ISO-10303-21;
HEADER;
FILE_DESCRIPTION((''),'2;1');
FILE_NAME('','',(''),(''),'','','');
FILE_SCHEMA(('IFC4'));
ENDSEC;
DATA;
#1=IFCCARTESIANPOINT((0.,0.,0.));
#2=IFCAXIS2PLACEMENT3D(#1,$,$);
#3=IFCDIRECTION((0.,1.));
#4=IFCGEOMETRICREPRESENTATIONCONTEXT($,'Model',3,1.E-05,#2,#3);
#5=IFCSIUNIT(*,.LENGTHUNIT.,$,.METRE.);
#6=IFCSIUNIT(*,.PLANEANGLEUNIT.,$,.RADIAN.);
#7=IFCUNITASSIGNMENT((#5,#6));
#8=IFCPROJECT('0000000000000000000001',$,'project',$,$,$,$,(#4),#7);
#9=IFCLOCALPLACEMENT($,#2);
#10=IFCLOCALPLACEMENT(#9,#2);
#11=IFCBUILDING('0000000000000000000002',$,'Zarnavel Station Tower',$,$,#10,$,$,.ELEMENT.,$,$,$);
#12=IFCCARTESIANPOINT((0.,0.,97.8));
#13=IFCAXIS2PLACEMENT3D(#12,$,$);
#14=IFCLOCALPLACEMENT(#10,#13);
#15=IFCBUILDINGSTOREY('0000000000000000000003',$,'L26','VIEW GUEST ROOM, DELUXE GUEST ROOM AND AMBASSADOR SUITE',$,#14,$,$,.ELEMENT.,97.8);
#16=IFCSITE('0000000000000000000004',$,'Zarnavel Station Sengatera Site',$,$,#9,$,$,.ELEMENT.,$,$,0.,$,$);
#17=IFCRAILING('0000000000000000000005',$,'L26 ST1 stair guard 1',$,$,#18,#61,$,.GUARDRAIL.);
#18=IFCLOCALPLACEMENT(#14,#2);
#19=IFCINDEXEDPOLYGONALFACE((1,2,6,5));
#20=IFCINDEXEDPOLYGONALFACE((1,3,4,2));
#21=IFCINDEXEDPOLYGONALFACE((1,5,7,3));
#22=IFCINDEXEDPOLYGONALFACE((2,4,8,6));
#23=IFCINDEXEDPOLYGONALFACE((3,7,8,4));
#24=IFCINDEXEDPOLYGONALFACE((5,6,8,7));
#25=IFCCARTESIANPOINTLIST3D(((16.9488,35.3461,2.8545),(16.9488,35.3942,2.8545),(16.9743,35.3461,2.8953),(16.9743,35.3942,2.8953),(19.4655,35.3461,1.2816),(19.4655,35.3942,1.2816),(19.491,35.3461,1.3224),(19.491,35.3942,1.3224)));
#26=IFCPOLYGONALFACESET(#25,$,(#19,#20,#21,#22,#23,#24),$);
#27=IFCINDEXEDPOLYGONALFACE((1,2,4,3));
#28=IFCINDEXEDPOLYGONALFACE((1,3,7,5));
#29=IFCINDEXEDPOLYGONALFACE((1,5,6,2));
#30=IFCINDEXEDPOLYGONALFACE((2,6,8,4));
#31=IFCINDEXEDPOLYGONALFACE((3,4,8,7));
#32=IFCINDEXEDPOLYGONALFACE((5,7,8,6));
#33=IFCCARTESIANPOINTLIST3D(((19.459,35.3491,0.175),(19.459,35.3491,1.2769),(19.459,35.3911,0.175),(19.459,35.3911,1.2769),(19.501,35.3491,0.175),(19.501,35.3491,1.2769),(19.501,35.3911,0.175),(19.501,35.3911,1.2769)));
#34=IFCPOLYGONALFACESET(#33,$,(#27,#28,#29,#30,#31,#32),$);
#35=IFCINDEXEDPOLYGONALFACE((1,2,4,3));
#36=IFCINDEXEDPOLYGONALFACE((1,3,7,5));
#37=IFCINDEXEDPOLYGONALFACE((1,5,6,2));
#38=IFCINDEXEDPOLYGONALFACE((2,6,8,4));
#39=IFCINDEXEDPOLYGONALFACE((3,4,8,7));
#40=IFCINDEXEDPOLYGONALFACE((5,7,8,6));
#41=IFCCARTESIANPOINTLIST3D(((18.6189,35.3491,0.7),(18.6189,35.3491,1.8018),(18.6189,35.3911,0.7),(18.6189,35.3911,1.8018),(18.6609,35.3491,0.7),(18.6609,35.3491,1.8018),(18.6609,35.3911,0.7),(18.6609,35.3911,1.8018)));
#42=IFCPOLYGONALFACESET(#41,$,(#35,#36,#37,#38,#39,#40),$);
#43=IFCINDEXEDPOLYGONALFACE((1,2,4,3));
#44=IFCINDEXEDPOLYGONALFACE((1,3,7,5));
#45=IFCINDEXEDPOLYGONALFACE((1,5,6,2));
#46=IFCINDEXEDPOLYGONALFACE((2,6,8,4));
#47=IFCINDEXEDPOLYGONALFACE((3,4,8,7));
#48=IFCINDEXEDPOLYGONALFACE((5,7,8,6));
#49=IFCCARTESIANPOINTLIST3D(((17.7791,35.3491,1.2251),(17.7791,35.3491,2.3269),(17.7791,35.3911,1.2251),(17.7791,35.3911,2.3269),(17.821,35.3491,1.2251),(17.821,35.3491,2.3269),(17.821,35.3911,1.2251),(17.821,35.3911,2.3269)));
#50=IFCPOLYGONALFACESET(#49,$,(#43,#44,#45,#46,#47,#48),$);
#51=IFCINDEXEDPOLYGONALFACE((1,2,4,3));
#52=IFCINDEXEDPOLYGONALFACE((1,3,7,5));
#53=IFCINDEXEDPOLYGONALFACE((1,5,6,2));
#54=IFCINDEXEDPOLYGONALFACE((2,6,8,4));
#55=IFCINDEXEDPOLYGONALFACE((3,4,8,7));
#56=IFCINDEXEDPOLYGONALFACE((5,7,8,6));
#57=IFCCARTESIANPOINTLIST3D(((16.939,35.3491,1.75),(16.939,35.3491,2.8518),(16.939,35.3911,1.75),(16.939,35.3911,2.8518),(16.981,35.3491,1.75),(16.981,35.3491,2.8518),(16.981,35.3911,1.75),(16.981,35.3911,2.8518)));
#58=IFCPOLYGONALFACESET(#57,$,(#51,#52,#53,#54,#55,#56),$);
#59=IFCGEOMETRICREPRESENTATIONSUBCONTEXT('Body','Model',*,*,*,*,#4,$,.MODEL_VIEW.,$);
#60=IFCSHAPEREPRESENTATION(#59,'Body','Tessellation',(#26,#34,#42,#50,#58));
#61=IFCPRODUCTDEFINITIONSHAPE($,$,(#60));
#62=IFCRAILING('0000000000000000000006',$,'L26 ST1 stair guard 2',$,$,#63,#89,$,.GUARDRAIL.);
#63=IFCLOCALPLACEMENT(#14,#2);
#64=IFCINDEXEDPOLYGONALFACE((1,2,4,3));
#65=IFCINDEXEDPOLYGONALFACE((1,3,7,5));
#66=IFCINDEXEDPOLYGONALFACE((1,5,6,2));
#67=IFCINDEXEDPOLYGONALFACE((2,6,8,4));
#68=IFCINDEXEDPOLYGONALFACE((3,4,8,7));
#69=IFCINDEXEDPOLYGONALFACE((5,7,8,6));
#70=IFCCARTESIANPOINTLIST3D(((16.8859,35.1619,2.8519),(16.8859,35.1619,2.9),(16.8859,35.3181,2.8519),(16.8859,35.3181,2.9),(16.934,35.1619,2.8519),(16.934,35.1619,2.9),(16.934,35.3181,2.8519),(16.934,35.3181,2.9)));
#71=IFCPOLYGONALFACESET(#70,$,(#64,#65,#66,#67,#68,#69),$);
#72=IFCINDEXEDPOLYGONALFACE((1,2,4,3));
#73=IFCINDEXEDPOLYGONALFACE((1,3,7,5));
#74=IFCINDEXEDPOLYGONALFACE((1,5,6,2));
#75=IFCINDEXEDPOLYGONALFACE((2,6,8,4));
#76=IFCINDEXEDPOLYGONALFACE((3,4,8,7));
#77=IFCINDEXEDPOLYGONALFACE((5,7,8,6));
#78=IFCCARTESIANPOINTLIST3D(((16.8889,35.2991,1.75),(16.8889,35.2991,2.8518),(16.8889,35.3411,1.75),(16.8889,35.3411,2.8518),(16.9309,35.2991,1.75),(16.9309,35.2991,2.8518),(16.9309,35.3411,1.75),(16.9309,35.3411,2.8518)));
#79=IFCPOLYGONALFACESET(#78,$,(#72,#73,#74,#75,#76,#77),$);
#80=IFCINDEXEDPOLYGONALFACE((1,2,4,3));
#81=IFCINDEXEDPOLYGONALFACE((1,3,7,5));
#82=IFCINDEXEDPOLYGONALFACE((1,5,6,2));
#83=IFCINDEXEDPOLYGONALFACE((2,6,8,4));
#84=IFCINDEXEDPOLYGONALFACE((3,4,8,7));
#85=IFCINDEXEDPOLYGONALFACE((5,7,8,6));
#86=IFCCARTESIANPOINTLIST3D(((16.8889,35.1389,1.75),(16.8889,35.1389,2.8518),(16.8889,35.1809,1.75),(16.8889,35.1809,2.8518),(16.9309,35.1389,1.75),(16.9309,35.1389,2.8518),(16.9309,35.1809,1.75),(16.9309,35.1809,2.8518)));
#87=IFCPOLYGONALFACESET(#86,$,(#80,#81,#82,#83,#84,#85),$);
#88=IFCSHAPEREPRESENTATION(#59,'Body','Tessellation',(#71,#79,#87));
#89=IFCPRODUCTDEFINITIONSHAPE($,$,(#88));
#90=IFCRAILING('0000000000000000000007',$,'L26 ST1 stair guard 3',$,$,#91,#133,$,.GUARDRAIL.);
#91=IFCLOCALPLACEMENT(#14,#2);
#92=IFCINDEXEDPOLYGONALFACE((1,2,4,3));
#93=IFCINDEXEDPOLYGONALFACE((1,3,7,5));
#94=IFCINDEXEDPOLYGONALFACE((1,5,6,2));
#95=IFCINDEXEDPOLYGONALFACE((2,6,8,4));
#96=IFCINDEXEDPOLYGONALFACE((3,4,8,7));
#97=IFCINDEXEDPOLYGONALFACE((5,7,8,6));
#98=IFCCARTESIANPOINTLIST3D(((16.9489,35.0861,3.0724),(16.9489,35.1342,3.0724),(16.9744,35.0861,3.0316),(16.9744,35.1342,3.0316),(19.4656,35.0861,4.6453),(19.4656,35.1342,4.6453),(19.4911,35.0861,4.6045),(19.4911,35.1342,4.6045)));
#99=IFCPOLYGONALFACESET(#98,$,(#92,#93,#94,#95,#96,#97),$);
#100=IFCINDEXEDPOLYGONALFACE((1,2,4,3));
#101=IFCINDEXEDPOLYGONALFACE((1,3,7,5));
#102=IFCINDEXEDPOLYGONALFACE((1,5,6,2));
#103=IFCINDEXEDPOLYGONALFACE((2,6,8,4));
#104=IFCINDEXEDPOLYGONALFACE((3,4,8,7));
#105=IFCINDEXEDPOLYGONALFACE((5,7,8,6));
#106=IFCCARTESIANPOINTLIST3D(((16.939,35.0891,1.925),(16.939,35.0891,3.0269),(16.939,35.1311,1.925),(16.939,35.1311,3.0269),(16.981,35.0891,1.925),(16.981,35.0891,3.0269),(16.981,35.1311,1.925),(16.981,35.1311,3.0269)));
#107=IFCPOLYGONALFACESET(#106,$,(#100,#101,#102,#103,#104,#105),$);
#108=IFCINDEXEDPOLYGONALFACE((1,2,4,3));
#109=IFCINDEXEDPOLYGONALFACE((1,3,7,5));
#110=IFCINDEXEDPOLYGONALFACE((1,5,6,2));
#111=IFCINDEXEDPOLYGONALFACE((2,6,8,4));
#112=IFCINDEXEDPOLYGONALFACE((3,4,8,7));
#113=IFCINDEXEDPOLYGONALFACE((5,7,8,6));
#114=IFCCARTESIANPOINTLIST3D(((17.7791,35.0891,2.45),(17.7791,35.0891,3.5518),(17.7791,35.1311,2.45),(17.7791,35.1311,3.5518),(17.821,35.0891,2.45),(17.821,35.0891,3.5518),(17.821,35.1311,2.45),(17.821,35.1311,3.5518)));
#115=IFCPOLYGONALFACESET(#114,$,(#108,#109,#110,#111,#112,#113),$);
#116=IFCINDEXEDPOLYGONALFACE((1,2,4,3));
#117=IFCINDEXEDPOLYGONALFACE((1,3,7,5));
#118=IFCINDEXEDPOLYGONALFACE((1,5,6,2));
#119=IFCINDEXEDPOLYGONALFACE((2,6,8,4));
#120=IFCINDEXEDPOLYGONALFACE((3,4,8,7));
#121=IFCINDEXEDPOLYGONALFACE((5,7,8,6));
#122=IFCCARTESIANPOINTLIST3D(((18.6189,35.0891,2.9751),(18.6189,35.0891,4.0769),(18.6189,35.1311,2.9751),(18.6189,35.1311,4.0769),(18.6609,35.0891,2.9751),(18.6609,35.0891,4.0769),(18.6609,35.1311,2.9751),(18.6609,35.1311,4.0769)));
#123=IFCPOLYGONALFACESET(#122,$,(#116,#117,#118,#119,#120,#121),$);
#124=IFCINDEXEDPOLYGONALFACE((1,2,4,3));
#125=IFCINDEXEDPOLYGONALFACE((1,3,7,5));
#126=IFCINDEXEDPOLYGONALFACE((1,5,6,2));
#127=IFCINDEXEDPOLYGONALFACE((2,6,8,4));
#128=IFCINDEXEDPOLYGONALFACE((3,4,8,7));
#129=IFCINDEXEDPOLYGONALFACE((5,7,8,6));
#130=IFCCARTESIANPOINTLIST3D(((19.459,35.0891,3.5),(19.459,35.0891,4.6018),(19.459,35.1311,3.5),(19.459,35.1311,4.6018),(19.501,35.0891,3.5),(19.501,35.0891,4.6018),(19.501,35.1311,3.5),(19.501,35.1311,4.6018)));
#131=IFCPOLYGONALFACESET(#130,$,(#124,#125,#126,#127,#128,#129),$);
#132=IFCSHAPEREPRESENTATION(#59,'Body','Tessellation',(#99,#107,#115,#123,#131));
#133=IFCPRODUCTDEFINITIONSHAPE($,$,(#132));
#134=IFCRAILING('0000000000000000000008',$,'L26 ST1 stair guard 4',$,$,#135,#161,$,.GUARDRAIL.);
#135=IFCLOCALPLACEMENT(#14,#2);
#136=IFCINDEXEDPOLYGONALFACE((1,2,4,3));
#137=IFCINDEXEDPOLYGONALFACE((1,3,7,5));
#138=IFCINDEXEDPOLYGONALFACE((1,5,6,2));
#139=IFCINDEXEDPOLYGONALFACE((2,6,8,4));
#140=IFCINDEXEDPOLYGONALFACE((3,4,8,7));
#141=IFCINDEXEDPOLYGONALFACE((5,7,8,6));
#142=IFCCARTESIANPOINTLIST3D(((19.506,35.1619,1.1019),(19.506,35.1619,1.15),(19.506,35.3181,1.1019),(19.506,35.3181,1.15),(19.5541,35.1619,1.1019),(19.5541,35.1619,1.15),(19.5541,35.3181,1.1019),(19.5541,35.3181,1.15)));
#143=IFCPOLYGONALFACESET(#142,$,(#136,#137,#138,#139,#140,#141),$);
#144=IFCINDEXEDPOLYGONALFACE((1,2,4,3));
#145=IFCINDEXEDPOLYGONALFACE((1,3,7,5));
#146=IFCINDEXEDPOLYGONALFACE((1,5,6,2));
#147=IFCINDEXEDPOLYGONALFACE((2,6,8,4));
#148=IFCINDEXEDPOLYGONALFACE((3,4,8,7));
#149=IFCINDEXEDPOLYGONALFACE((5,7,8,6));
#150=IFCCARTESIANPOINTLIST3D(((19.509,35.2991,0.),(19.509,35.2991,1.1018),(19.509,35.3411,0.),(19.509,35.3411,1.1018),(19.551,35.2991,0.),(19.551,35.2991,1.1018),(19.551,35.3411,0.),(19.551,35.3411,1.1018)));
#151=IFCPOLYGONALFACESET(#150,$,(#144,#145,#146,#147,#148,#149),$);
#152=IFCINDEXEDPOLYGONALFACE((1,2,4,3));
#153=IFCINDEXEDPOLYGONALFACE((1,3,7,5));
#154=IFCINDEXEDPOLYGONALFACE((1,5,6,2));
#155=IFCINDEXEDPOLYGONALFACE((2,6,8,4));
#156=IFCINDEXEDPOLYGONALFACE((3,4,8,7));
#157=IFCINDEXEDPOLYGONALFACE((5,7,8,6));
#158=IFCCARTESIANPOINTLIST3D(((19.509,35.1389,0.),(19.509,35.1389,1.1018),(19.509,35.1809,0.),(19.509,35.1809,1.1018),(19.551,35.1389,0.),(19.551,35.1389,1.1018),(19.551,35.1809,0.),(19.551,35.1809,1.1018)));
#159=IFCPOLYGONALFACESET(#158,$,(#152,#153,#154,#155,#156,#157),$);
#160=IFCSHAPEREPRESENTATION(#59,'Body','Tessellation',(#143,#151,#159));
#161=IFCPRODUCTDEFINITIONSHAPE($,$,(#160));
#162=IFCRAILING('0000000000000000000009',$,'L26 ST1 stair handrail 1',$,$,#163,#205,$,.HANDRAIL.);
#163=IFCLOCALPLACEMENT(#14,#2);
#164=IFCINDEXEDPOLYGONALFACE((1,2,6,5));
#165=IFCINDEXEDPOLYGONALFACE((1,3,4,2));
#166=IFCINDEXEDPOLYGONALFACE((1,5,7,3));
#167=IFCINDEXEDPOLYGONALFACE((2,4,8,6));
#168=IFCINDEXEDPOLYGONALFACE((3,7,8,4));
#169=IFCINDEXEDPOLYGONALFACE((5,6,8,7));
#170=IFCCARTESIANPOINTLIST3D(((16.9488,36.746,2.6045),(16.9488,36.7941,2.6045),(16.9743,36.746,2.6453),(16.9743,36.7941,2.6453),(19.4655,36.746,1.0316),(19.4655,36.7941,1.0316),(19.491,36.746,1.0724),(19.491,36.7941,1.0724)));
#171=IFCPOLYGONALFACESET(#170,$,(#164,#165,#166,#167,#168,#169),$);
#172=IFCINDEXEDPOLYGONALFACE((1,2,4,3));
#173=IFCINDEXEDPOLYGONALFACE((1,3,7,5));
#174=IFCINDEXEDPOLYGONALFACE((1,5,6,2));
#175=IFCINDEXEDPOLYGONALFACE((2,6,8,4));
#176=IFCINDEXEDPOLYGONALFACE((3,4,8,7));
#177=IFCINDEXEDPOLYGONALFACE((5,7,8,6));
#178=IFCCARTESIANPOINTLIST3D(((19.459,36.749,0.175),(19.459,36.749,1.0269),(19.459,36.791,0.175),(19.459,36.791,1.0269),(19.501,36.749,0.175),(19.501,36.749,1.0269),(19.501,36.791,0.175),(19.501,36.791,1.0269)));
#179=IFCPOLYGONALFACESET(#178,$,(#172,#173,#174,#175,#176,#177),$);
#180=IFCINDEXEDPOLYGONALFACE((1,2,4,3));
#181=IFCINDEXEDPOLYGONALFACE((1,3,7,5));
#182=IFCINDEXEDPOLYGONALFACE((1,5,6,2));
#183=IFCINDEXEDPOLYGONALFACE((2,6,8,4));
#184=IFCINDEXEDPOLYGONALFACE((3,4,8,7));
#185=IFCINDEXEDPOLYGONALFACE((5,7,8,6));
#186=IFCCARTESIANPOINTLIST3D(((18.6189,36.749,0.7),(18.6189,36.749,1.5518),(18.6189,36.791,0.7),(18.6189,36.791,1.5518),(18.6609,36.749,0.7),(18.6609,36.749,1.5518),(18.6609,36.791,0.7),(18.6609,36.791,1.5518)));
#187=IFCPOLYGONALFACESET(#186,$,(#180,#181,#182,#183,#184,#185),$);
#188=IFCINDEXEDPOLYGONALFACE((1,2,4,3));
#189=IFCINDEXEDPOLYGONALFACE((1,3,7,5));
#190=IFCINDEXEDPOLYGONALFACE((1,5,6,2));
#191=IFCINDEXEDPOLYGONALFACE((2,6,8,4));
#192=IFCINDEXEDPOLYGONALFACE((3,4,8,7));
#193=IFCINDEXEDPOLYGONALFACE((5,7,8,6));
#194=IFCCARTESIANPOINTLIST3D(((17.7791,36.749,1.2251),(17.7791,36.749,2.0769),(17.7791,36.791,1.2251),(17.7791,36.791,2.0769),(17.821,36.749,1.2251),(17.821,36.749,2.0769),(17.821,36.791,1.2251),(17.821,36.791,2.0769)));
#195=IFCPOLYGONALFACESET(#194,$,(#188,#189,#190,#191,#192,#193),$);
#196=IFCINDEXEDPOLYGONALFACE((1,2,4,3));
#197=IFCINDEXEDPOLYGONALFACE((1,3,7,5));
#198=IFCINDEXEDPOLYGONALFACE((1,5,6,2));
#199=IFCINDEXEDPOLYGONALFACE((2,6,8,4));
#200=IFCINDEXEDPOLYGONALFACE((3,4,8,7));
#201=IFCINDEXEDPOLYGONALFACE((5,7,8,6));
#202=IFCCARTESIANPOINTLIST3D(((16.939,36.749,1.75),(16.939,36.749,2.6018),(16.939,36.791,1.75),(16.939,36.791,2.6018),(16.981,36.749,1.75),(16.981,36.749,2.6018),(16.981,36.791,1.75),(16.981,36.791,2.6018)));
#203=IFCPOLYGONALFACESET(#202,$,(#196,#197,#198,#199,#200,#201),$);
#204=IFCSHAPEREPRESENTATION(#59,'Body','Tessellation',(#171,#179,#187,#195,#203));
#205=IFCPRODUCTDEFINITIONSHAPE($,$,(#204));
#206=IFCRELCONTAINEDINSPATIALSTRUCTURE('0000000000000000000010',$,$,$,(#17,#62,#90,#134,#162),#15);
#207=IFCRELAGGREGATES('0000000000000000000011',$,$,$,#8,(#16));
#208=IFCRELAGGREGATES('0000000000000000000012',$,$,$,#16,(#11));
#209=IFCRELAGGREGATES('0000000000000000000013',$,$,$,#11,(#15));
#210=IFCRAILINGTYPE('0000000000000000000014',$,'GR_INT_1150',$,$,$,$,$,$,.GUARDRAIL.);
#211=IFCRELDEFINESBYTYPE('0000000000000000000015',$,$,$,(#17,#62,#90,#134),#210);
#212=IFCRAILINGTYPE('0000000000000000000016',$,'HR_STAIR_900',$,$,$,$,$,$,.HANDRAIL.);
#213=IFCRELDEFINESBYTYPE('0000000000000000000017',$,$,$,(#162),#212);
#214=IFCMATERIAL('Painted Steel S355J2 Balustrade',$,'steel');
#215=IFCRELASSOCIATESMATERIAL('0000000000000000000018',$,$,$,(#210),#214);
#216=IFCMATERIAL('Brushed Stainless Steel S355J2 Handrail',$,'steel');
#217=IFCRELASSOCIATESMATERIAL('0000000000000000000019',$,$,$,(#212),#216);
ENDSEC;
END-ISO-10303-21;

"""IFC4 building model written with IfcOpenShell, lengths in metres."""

from ifc_helpers import new_model, si_unit, direction, frame, origin, origin_2d, place, context, subcontext, project, spatial, rectangle, extrude, material, type_object, element, save


model = new_model("IFC4")

# Units and contexts
model_context = context("Model", 3, precision=1e-05, world=origin(), true_north=direction((0.0, 1.0)))
body_context = subcontext(model_context, "Body", "Model", "MODEL_VIEW")
ifc_project = project(units=[si_unit("LENGTHUNIT", "METRE"), si_unit("PLANEANGLEUNIT", "RADIAN")], contexts=[model_context])

# Site, building, storey
site_placement = place(None, origin())
site = spatial("IfcSite", under=ifc_project, at=site_placement, Name="Zarnavel Station Sengatera Site", CompositionType="ELEMENT", RefElevation=0.0)
building_placement = place(site_placement, origin())
building = spatial("IfcBuilding", under=site, at=building_placement, Name="Zarnavel Station Tower", CompositionType="ELEMENT")
storey_placement = place(building_placement, frame((0.0, 0.0, 97.8)))
storey = spatial("IfcBuildingStorey", under=building, at=storey_placement, Name="L26", Description="VIEW GUEST ROOM, DELUXE GUEST ROOM AND AMBASSADOR SUITE", CompositionType="ELEMENT", Elevation=97.8)

# Railings
ifc_material_1 = material(Name="Painted Steel S355J2 Balustrade", Category="steel")
railing_type_1 = type_object("IfcRailingType", Name="GR_INT_1150", PredefinedType="GUARDRAIL", material=ifc_material_1)
railing_1_placement = place(storey_placement, frame((19.48, 35.3701, 0.175)))
element("IfcRailing", 1, at=railing_1_placement, inside=storey, type_object=railing_type_1, Name="L26 ST1 stair guard 1", PredefinedType="GUARDRAIL", context=body_context, shape_type="SweptSolid", body=[
    extrude(rectangle(XDim=0.0481, YDim=0.0481, at=origin_2d()), frame((-0.0017, 0.0, 1.127), z_axis=(-0.848008, 0.0, 0.529984), x_axis=(0.0, -1.0, 0.0)), (0.0, 0.0, 1.0), 2.9678),
    extrude(rectangle(XDim=0.042, YDim=0.042, at=origin_2d()), origin(), (0.0, 0.0, 1.0), 1.1018),
    extrude(rectangle(XDim=0.042, YDim=0.042, at=origin_2d()), frame((-0.8401, 0.0, 0.5249)), (0.0, 0.0, 1.0), 1.1018),
    extrude(rectangle(XDim=0.042, YDim=0.042, at=origin_2d()), frame((-1.6799, 0.0, 1.05)), (0.0, 0.0, 1.0), 1.1018),
    extrude(rectangle(XDim=0.042, YDim=0.042, at=origin_2d()), frame((-2.52, 0.0, 1.575)), (0.0, 0.0, 1.0), 1.1018),
])
railing_2_placement = place(storey_placement, frame((16.9099, 35.3201, 1.75)))
element("IfcRailing", 2, at=railing_2_placement, inside=storey, type_object=railing_type_1, Name="L26 ST1 stair guard 2", PredefinedType="GUARDRAIL", context=body_context, shape_type="SweptSolid", body=[
    extrude(rectangle(XDim=0.0481, YDim=0.0481, at=origin_2d()), frame((0.0, -0.002, 1.126), z_axis=(0.0, -1.0, 0.0), x_axis=(1.0, 0.0, 0.0)), (0.0, 0.0, 1.0), 0.1562),
    extrude(rectangle(XDim=0.042, YDim=0.042, at=origin_2d()), origin(), (0.0, 0.0, 1.0), 1.1018),
    extrude(rectangle(XDim=0.042, YDim=0.042, at=origin_2d()), frame((0.0, -0.1602, 0.0)), (0.0, 0.0, 1.0), 1.1018),
])
railing_3_placement = place(storey_placement, frame((16.96, 35.1101, 1.925)))
element("IfcRailing", 3, at=railing_3_placement, inside=storey, type_object=railing_type_1, Name="L26 ST1 stair guard 3", PredefinedType="GUARDRAIL", context=body_context, shape_type="SweptSolid", body=[
    extrude(rectangle(XDim=0.0481, YDim=0.0481, at=origin_2d()), frame((0.0017, 0.0, 1.127), z_axis=(0.848008, 0.0, 0.529984), x_axis=(0.0, 1.0, 0.0)), (0.0, 0.0, 1.0), 2.9678),
    extrude(rectangle(XDim=0.042, YDim=0.042, at=origin_2d()), origin(), (0.0, 0.0, 1.0), 1.1018),
    extrude(rectangle(XDim=0.042, YDim=0.042, at=origin_2d()), frame((0.8401, 0.0, 0.5249)), (0.0, 0.0, 1.0), 1.1018),
    extrude(rectangle(XDim=0.042, YDim=0.042, at=origin_2d()), frame((1.6799, 0.0, 1.05)), (0.0, 0.0, 1.0), 1.1018),
    extrude(rectangle(XDim=0.042, YDim=0.042, at=origin_2d()), frame((2.52, 0.0, 1.575)), (0.0, 0.0, 1.0), 1.1018),
])
railing_4_placement = place(storey_placement, frame((19.53, 35.3201, 0.0)))
element("IfcRailing", 4, at=railing_4_placement, inside=storey, type_object=railing_type_1, Name="L26 ST1 stair guard 4", PredefinedType="GUARDRAIL", context=body_context, shape_type="SweptSolid", body=[
    extrude(rectangle(XDim=0.0481, YDim=0.0481, at=origin_2d()), frame((0.0, -0.002, 1.126), z_axis=(0.0, -1.0, 0.0), x_axis=(1.0, 0.0, 0.0)), (0.0, 0.0, 1.0), 0.1562),
    extrude(rectangle(XDim=0.042, YDim=0.042, at=origin_2d()), origin(), (0.0, 0.0, 1.0), 1.1018),
    extrude(rectangle(XDim=0.042, YDim=0.042, at=origin_2d()), frame((0.0, -0.1602, 0.0)), (0.0, 0.0, 1.0), 1.1018),
])
ifc_material_2 = material(Name="Brushed Stainless Steel S355J2 Handrail", Category="steel")
railing_type_2 = type_object("IfcRailingType", Name="HR_STAIR_900", PredefinedType="HANDRAIL", material=ifc_material_2)
railing_5_placement = place(storey_placement, frame((19.48, 36.77, 0.175)))
element("IfcRailing", 5, at=railing_5_placement, inside=storey, type_object=railing_type_2, Name="L26 ST1 stair handrail 1", PredefinedType="HANDRAIL", context=body_context, shape_type="SweptSolid", body=[
    extrude(rectangle(XDim=0.0481, YDim=0.0481, at=origin_2d()), frame((-0.0017, 0.0, 0.877), z_axis=(-0.848008, 0.0, 0.529984), x_axis=(0.0, -1.0, 0.0)), (0.0, 0.0, 1.0), 2.9678),
    extrude(rectangle(XDim=0.042, YDim=0.042, at=origin_2d()), origin(), (0.0, 0.0, 1.0), 0.8518),
    extrude(rectangle(XDim=0.042, YDim=0.042, at=origin_2d()), frame((-0.8401, 0.0, 0.5249)), (0.0, 0.0, 1.0), 0.8518),
    extrude(rectangle(XDim=0.042, YDim=0.042, at=origin_2d()), frame((-1.6799, 0.0, 1.05)), (0.0, 0.0, 1.0), 0.8518),
    extrude(rectangle(XDim=0.042, YDim=0.042, at=origin_2d()), frame((-2.52, 0.0, 1.575)), (0.0, 0.0, 1.0), 0.8518),
])

save(model, "model.ifc")
